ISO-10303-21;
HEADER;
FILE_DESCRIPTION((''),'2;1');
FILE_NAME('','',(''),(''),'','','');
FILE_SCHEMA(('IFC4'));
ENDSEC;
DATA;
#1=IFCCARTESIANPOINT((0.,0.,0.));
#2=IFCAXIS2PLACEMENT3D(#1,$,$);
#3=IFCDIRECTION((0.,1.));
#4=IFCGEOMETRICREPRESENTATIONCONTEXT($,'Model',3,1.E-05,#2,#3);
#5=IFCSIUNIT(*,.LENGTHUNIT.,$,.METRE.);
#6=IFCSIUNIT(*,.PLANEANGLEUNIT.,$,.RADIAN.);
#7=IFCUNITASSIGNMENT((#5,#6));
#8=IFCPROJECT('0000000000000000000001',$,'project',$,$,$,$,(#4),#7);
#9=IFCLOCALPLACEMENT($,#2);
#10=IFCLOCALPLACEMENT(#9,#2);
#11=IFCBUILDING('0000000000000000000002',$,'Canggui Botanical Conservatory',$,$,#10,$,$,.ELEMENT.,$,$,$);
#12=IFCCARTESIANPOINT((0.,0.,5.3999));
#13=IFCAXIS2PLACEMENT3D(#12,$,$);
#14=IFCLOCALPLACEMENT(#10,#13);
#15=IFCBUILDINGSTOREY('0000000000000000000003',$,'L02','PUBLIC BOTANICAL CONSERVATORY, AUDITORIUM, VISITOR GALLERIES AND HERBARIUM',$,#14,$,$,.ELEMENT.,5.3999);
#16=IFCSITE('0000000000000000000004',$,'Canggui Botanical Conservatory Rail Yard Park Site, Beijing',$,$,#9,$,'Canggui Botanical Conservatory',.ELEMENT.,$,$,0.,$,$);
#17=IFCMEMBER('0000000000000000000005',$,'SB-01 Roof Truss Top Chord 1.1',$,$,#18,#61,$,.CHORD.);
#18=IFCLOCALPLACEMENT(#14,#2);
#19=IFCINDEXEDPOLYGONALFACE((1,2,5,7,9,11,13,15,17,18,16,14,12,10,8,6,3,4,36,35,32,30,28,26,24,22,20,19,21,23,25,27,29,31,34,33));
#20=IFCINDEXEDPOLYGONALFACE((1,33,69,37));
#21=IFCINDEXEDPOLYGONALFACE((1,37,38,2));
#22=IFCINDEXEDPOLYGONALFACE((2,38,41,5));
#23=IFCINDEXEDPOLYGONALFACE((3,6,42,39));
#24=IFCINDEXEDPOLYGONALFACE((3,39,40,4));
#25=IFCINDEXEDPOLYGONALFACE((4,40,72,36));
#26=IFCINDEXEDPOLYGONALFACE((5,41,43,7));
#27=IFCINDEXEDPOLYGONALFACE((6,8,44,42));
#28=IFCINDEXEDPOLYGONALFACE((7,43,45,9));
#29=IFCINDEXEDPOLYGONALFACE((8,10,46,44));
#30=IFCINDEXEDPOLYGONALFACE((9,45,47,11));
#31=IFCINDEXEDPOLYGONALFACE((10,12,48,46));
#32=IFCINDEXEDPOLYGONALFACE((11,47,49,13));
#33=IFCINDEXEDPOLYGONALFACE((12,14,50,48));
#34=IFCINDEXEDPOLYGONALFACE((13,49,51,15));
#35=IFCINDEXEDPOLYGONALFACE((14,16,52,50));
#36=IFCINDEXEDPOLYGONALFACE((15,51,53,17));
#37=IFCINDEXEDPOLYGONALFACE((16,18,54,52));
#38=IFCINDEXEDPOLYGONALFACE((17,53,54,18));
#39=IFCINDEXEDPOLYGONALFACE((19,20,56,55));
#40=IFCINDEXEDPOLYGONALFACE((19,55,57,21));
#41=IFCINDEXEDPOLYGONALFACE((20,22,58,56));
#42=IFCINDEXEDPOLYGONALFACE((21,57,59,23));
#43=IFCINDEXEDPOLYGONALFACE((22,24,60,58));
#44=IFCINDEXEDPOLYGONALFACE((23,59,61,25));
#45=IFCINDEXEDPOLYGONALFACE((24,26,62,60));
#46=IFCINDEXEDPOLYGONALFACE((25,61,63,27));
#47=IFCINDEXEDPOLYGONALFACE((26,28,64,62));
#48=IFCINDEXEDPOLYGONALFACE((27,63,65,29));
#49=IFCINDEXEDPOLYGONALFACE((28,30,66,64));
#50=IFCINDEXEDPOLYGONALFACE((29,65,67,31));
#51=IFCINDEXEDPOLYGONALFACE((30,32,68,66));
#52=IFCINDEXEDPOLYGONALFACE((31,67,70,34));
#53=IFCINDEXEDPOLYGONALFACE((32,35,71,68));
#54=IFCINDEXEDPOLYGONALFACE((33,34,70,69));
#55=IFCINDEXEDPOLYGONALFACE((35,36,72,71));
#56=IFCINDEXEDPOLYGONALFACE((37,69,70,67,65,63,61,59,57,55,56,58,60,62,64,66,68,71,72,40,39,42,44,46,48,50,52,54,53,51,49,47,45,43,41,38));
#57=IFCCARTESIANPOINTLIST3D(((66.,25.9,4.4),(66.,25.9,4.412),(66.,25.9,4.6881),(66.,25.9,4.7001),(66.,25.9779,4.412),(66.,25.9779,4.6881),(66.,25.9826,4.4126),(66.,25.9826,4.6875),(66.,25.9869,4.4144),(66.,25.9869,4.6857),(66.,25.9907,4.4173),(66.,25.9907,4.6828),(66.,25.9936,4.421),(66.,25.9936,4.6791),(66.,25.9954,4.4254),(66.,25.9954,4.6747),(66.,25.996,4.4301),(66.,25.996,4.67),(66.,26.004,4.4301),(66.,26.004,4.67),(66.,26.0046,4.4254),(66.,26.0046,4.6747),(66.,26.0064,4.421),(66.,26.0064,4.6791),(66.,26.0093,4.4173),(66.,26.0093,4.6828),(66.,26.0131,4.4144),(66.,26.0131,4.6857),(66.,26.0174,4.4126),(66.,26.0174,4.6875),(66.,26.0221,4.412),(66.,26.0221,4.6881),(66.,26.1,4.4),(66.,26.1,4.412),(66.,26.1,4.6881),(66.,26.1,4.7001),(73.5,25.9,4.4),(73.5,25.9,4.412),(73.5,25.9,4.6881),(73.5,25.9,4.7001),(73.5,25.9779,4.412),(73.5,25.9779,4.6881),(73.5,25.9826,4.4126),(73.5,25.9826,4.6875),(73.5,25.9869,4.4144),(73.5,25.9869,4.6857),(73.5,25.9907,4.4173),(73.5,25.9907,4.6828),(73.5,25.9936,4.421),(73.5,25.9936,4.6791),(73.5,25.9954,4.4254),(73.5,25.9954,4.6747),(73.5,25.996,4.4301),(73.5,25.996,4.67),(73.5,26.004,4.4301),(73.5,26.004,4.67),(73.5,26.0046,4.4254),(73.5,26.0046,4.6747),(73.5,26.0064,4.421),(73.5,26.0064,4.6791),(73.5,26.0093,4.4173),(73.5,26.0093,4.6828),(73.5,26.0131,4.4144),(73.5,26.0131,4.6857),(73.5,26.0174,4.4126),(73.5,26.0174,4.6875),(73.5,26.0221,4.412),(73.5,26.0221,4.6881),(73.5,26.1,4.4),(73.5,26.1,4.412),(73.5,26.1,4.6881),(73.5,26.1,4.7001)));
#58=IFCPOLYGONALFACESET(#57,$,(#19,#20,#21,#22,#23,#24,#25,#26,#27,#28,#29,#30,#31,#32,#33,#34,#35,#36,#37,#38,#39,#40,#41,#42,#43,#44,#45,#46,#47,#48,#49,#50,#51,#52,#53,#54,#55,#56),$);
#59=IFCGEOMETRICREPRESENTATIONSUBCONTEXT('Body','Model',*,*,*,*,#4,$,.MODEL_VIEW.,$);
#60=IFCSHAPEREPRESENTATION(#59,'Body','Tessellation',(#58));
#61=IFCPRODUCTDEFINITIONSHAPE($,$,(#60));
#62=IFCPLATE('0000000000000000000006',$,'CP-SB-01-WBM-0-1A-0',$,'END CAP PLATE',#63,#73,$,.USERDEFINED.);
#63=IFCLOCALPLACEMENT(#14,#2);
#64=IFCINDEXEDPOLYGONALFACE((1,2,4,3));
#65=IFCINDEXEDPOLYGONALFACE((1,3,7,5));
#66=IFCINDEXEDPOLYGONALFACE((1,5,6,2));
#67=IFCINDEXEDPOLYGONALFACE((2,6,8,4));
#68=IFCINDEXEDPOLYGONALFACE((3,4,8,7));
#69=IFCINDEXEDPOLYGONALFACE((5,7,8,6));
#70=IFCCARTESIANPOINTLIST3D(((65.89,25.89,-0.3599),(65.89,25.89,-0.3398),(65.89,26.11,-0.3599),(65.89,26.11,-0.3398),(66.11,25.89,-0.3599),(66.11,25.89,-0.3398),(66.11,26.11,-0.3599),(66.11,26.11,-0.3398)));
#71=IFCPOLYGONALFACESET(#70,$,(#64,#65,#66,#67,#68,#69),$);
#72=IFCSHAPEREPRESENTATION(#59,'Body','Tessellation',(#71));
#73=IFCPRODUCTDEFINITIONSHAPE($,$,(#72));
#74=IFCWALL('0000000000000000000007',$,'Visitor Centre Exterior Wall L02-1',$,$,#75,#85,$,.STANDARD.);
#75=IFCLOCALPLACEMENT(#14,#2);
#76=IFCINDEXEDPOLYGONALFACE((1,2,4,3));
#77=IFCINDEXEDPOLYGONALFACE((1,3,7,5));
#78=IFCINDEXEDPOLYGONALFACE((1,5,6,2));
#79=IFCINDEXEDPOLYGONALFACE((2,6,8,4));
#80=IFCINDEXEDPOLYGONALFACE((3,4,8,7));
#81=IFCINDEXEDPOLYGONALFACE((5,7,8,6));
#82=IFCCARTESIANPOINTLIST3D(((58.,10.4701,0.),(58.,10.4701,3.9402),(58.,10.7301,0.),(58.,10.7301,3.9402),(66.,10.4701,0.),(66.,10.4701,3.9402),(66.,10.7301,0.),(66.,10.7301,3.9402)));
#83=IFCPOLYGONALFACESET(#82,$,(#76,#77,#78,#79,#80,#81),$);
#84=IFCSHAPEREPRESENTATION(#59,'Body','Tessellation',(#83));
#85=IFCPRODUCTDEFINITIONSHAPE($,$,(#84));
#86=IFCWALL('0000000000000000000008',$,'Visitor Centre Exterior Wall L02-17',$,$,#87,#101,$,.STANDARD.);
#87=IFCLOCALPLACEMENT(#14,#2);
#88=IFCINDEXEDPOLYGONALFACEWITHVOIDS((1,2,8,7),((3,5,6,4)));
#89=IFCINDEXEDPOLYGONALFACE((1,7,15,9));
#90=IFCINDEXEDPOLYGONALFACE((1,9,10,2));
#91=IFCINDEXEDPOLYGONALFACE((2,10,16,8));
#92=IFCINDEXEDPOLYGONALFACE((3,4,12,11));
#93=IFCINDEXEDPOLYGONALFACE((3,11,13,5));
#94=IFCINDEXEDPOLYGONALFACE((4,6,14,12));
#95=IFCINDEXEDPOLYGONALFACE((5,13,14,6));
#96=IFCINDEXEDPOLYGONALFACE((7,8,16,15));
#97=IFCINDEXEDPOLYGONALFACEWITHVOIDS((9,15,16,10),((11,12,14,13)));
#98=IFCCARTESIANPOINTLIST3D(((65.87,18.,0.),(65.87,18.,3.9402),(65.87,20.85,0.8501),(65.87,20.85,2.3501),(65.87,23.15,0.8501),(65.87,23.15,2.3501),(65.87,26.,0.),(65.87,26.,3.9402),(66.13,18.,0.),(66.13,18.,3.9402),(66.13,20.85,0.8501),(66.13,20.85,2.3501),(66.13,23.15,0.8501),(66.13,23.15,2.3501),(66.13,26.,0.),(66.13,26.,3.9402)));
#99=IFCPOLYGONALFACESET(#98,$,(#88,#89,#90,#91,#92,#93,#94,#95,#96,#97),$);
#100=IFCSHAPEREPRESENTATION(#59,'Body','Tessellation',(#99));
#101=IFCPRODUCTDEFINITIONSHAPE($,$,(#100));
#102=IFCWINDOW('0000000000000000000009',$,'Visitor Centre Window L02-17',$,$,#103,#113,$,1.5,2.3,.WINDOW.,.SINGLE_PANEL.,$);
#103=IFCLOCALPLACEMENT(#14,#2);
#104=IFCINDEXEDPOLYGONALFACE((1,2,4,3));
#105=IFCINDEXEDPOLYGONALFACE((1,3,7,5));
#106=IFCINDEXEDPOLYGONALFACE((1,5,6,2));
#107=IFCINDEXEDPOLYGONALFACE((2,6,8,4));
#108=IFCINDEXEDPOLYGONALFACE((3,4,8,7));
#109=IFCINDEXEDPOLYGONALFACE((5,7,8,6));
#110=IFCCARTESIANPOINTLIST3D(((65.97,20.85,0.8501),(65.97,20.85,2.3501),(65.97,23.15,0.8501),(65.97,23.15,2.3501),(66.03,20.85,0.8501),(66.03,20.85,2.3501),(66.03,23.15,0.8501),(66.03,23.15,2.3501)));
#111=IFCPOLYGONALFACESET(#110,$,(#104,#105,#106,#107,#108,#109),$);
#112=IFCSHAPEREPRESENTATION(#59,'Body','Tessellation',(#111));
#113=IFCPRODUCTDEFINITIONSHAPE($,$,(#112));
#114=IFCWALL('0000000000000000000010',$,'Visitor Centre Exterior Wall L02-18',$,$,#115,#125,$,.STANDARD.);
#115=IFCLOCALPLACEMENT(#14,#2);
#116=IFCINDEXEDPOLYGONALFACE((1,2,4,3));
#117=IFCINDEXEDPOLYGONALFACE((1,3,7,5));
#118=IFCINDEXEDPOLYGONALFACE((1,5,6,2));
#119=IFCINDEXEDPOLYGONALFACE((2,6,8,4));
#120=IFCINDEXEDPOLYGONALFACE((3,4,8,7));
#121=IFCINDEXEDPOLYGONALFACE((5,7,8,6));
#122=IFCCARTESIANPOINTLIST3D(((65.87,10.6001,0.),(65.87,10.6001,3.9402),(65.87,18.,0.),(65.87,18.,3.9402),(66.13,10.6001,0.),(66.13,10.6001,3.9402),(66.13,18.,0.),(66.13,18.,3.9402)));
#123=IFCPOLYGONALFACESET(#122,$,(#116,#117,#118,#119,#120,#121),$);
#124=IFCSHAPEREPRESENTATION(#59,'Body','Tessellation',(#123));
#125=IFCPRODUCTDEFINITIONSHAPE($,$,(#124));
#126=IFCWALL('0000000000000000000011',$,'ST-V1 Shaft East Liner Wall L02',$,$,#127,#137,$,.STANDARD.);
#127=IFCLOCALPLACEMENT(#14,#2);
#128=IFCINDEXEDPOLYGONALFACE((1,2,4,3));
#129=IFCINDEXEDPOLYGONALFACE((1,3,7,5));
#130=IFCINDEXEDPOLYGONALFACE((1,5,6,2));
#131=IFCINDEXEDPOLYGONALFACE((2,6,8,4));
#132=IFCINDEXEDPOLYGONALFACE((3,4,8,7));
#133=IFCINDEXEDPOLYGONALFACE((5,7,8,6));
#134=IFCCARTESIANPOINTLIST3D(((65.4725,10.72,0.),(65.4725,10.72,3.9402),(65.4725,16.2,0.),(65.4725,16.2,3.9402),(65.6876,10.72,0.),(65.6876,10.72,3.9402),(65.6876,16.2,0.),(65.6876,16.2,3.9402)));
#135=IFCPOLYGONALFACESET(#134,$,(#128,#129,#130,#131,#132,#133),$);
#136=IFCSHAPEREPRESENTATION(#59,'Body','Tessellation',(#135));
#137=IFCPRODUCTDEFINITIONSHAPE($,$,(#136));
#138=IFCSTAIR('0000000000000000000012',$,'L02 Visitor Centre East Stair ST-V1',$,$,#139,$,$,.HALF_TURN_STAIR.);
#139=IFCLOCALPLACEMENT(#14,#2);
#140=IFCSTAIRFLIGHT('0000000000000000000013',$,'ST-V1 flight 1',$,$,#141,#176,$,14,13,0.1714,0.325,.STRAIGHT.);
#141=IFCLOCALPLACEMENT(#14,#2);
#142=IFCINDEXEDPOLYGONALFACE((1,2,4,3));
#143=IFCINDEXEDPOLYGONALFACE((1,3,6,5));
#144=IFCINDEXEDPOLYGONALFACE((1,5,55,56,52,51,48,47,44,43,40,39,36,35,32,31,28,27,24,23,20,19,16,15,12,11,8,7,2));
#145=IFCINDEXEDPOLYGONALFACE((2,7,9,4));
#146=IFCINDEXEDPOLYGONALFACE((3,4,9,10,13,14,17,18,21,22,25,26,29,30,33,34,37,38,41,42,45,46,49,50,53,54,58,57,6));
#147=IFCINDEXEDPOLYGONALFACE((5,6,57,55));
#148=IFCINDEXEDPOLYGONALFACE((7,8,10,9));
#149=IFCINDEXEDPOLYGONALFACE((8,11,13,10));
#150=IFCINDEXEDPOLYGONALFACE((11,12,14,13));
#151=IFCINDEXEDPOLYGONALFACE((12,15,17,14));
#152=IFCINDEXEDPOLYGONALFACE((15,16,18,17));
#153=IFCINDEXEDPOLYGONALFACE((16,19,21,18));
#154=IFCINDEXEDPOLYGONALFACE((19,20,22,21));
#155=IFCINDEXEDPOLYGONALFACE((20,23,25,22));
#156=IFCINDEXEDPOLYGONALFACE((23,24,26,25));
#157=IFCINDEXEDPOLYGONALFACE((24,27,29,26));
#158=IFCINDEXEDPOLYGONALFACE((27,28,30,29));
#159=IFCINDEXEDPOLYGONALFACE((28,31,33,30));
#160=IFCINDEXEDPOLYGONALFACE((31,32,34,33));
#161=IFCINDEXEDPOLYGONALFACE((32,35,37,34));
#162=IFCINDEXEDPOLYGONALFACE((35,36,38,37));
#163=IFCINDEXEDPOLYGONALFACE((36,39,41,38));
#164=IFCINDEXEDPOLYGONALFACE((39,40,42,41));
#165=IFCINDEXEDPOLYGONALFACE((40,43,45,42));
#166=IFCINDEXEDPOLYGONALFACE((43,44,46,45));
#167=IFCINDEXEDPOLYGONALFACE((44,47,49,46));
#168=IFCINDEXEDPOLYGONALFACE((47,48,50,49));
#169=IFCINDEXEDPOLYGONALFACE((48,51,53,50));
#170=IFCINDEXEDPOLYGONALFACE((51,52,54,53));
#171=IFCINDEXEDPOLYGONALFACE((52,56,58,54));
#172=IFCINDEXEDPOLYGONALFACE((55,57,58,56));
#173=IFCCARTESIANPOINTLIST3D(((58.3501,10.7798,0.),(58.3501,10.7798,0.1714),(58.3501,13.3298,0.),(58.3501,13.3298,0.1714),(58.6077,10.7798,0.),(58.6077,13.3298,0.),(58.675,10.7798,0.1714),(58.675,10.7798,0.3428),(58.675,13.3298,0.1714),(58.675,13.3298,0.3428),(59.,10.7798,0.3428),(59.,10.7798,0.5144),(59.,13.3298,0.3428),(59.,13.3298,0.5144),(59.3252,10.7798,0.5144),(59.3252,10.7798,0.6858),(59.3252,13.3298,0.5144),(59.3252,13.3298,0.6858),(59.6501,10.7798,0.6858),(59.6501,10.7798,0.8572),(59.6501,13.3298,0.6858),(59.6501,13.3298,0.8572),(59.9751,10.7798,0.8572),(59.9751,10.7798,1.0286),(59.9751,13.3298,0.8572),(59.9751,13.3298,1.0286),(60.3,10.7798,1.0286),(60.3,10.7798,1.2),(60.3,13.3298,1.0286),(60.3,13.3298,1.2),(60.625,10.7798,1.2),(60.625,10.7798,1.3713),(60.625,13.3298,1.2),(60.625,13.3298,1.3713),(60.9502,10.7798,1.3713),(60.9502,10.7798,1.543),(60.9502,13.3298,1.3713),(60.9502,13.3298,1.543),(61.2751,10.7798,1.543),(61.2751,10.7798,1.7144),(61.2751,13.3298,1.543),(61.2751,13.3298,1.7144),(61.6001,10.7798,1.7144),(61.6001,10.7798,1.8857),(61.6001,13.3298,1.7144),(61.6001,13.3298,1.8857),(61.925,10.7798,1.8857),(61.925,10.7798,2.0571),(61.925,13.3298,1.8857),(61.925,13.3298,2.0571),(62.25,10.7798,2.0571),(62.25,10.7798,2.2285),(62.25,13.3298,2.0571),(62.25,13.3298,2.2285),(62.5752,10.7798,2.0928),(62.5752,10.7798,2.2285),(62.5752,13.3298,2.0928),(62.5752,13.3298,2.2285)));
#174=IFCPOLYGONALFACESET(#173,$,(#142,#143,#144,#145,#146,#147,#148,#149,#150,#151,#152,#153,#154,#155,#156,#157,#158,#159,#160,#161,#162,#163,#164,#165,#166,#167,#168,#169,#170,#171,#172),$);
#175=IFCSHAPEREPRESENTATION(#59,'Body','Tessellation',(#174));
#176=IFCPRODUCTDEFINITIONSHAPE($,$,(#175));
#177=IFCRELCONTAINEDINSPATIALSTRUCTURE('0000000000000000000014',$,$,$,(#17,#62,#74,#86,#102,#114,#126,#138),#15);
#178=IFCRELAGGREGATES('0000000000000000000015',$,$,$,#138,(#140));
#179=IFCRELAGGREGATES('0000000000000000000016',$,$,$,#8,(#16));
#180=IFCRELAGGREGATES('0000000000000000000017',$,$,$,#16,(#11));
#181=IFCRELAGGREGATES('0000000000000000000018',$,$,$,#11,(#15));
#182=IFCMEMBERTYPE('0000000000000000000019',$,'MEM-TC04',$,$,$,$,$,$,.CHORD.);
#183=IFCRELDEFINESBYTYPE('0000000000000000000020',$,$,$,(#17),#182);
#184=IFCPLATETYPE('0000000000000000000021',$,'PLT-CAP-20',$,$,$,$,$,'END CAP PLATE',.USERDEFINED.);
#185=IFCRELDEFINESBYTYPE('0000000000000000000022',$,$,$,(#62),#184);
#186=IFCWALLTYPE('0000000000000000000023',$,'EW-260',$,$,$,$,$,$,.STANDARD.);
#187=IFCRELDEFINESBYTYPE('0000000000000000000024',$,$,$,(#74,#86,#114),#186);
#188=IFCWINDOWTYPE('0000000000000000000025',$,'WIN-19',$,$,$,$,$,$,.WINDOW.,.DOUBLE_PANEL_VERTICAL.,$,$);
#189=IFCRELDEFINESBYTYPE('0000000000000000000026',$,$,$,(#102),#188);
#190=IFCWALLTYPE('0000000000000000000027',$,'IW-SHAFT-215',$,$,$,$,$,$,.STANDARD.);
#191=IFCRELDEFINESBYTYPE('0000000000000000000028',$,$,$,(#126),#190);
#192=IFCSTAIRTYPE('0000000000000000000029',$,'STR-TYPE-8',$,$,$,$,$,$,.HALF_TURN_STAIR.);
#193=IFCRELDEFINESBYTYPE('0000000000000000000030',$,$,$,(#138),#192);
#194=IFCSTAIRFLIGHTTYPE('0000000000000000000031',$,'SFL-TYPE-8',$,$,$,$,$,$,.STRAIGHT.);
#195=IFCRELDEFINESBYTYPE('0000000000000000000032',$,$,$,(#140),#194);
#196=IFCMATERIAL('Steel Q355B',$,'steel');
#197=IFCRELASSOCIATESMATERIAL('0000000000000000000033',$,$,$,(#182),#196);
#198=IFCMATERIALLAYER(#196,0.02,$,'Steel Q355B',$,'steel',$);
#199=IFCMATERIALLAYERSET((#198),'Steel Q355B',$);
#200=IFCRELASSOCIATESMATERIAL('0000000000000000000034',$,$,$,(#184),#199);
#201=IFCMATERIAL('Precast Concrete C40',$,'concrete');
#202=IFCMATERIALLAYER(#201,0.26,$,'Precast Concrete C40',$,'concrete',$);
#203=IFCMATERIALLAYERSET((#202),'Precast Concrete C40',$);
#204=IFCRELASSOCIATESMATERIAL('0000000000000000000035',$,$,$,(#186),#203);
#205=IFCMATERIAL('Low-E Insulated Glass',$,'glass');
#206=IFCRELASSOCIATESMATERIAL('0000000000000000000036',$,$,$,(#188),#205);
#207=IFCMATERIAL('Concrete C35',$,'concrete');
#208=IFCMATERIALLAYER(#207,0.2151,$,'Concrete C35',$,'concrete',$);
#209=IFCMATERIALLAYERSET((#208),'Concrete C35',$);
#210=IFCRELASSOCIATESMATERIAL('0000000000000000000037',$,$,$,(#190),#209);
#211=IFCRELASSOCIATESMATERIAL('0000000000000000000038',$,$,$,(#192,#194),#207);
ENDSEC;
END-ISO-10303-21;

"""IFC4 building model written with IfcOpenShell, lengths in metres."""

from ifc_helpers import new_model, si_unit, direction, frame, frame_2d, origin, origin_2d, place, context, subcontext, project, spatial, polyline, rectangle, i_section, outline, extrude, material, layer, layer_set, material_profile, profile_set, type_object, element, fill, aggregate, save


model = new_model("IFC4")

# Units and contexts
model_context = context("Model", 3, precision=1e-05, world=origin(), true_north=direction((0.0, 1.0)))
body_context = subcontext(model_context, "Body", "Model", "MODEL_VIEW")
ifc_project = project(units=[si_unit("LENGTHUNIT", "METRE"), si_unit("PLANEANGLEUNIT", "RADIAN")], contexts=[model_context])

# Site, building, storey
site_placement = place(None, origin())
site = spatial("IfcSite", under=ifc_project, at=site_placement, Name="Canggui Botanical Conservatory Rail Yard Park Site, Beijing", LongName="Canggui Botanical Conservatory", CompositionType="ELEMENT", RefElevation=0.0)
building_placement = place(site_placement, origin())
building = spatial("IfcBuilding", under=site, at=building_placement, Name="Canggui Botanical Conservatory", CompositionType="ELEMENT")
storey_placement = place(building_placement, frame((0.0, 0.0, 5.3999)))
storey = spatial("IfcBuildingStorey", under=building, at=storey_placement, Name="L02", Description="PUBLIC BOTANICAL CONSERVATORY, AUDITORIUM, VISITOR GALLERIES AND HERBARIUM", CompositionType="ELEMENT", Elevation=5.3999)

# Shared definitions
ifc_material_1 = material(Name="Concrete C35", Category="concrete")

# Shared definitions
ifc_material_2 = material(Name="Steel Q355B", Category="steel")

# Member
ifc_material_profile_1 = material_profile(ifc_material_2, i_section(OverallWidth=0.2, OverallDepth=0.3, WebThickness=0.0081, FlangeThickness=0.012, FilletRadius=0.0181, at=origin_2d()), Name="HM 300x200x8x12")
ifc_profile_set_1 = profile_set([ifc_material_profile_1], Name="Steel Q355B")
member_type_1 = type_object("IfcMemberType", Name="MEM-TC04", PredefinedType="CHORD", material=ifc_profile_set_1)
member_1_placement = place(storey_placement, frame((66.0, 26.0, 4.55), z_axis=(1.0, 0.0, 0.0), x_axis=(0.0, 1.0, 0.0)))
element("IfcMember", 1, at=member_1_placement, inside=storey, type_object=member_type_1, Name="SB-01 Roof Truss Top Chord 1.1", PredefinedType="CHORD", context=body_context, shape_type="SweptSolid", body=[
    extrude(i_section(OverallWidth=0.2, OverallDepth=0.3, WebThickness=0.0081, FlangeThickness=0.012, FilletRadius=0.0181, at=origin_2d()), origin(), (0.0, 0.0, 1.0), 7.5),
])

# Plate
ifc_layer_1 = layer(ifc_material_2, 0.02, Name="Steel Q355B", Category="steel")
ifc_layer_set_1 = layer_set([ifc_layer_1], Name="Steel Q355B")
plate_type = type_object("IfcPlateType", Name="PLT-CAP-20", ElementType="END CAP PLATE", PredefinedType="USERDEFINED", material=ifc_layer_set_1)
plate_placement = place(storey_placement, frame((66.0, 26.0, -0.3599), z_axis=(0.0, 0.0, 1.0), x_axis=(1.0, 0.0, 0.0)))
element("IfcPlate", 2, at=plate_placement, inside=storey, type_object=plate_type, Name="CP-SB-01-WBM-0-1A-0", ObjectType="END CAP PLATE", PredefinedType="USERDEFINED", context=body_context, shape_type="SweptSolid", body=[
    extrude(rectangle(XDim=0.22, YDim=0.22, at=origin_2d()), origin(), (0.0, 0.0, 1.0), 0.02),
])

# Wall
ifc_material_3 = material(Name="Precast Concrete C40", Category="concrete")
ifc_layer_2 = layer(ifc_material_3, 0.26, Name="Precast Concrete C40", Category="concrete")
ifc_layer_set_2 = layer_set([ifc_layer_2], Name="Precast Concrete C40")
wall_type_1 = type_object("IfcWallType", Name="EW-260", PredefinedType="STANDARD", material=ifc_layer_set_2)
wall_1_placement = place(storey_placement, frame((66.0, 10.6001, 0.0), z_axis=(0.0, 0.0, 1.0), x_axis=(-1.0, 0.0, 0.0)))
element("IfcWall", 3, at=wall_1_placement, inside=storey, type_object=wall_type_1, Name="Visitor Centre Exterior Wall L02-1", PredefinedType="STANDARD", context=body_context, shape_type="SweptSolid", body=[
    extrude(rectangle(XDim=8.0, YDim=0.26, at=frame_2d((4.0, 0.0))), origin(), (0.0, 0.0, 1.0), 3.9402),
])

# Wall, opening, window
wall_2_placement = place(storey_placement, frame((66.0, 26.0, 0.0), z_axis=(0.0, 0.0, 1.0), x_axis=(0.0, -1.0, 0.0)))
wall_2 = element("IfcWall", 4, at=wall_2_placement, inside=storey, type_object=wall_type_1, Name="Visitor Centre Exterior Wall L02-17", PredefinedType="STANDARD", context=body_context, shape_type="SweptSolid", body=[
    extrude(rectangle(XDim=8.0, YDim=0.26, at=frame_2d((4.0, 0.0))), origin(), (0.0, 0.0, 1.0), 3.9402),
])
opening_placement = place(wall_2_placement, frame((2.8501, 0.0, 0.8501)))
opening = element("IfcOpeningElement", 5, at=opening_placement, cuts=wall_2, PredefinedType="OPENING", context=body_context, shape_type="SweptSolid", body=[
    extrude(rectangle(XDim=2.3, YDim=1.5, at=frame_2d((1.1499, 0.75))), frame((0.0, 0.1401, 0.0), z_axis=(0.0, -1.0, 0.0), x_axis=(1.0, 0.0, 0.0)), (0.0, 0.0, 1.0), 0.28),
])
ifc_material_4 = material(Name="Low-E Insulated Glass", Category="glass")
window_type = type_object("IfcWindowType", Name="WIN-19", PartitioningType="DOUBLE_PANEL_VERTICAL", PredefinedType="WINDOW", material=ifc_material_4)
window_placement = place(opening_placement, origin())
window = element("IfcWindow", 6, at=window_placement, inside=storey, type_object=window_type, Name="Visitor Centre Window L02-17", OverallHeight=1.5, OverallWidth=2.3, PartitioningType="SINGLE_PANEL", PredefinedType="WINDOW", context=body_context, shape_type="SweptSolid", body=[
    extrude(rectangle(XDim=2.3, YDim=1.5, at=frame_2d((1.1499, 0.75))), frame((0.0, 0.03, 0.0), z_axis=(0.0, -1.0, 0.0), x_axis=(1.0, 0.0, 0.0)), (0.0, 0.0, 1.0), 0.0601),
])
fill(opening, window)

# Walls
wall_3_placement = place(storey_placement, frame((66.0, 18.0, 0.0), z_axis=(0.0, 0.0, 1.0), x_axis=(0.0, -1.0, 0.0)))
element("IfcWall", 7, at=wall_3_placement, inside=storey, type_object=wall_type_1, Name="Visitor Centre Exterior Wall L02-18", PredefinedType="STANDARD", context=body_context, shape_type="SweptSolid", body=[
    extrude(rectangle(XDim=7.3999, YDim=0.26, at=frame_2d((3.7, 0.0))), origin(), (0.0, 0.0, 1.0), 3.9402),
])
ifc_layer_3 = layer(ifc_material_1, 0.2151, Name="Concrete C35", Category="concrete")
ifc_layer_set_3 = layer_set([ifc_layer_3], Name="Concrete C35")
wall_type_2 = type_object("IfcWallType", Name="IW-SHAFT-215", PredefinedType="STANDARD", material=ifc_layer_set_3)
wall_4_placement = place(storey_placement, frame((65.5801, 10.72, 0.0), z_axis=(0.0, 0.0, 1.0), x_axis=(0.0, 1.0, 0.0)))
element("IfcWall", 8, at=wall_4_placement, inside=storey, type_object=wall_type_2, Name="ST-V1 Shaft East Liner Wall L02", PredefinedType="STANDARD", context=body_context, shape_type="SweptSolid", body=[
    extrude(rectangle(XDim=5.48, YDim=0.2151, at=frame_2d((2.74, 0.0))), origin(), (0.0, 0.0, 1.0), 3.9402),
])

# Stair, stair flight
stair_type = type_object("IfcStairType", Name="STR-TYPE-8", PredefinedType="HALF_TURN_STAIR", material=ifc_material_1)
stair_placement = place(storey_placement, origin())
stair = element("IfcStair", 9, at=stair_placement, inside=storey, type_object=stair_type, Name="L02 Visitor Centre East Stair ST-V1", PredefinedType="HALF_TURN_STAIR")
stair_flight_type = type_object("IfcStairFlightType", Name="SFL-TYPE-8", PredefinedType="STRAIGHT", material=ifc_material_1)
stair_flight_1_placement = place(storey_placement, frame((58.3501, 12.0549, 0.0), z_axis=(0.0, 0.0, 1.0), x_axis=(1.0, 0.0, 0.0)))
stair_flight_1 = element("IfcStairFlight", 10, at=stair_flight_1_placement, type_object=stair_flight_type, Name="ST-V1 flight 1", NumberOfRisers=14, NumberOfTreads=13, PredefinedType="STRAIGHT", RiserHeight=0.1714, TreadLength=0.325, context=body_context, shape_type="SweptSolid", body=[
    extrude(outline(polyline([(0.0, 0.0), (0.0, 0.1714), (0.325, 0.1714), (0.325, 0.3428), (0.6499, 0.3428), (0.6499, 0.5144), (0.9751, 0.5144), (0.9751, 0.6858), (1.3, 0.6858), (1.3, 0.8572), (1.625, 0.8572), (1.625, 1.0286), (1.95, 1.0286), (1.95, 1.2), (2.2749, 1.2), (2.2749, 1.3713), (2.6001, 1.3713), (2.6001, 1.543), (2.925, 1.543), (2.925, 1.7144), (3.25, 1.7144), (3.25, 1.8857), (3.575, 1.8857), (3.575, 2.0571), (3.8999, 2.0571), (3.8999, 2.2285), (4.2251, 2.2285), (4.2251, 2.3999), (4.2251, 2.0928), (0.2576, 0.0), (0.0, 0.0)])), frame((0.0, 1.2749, 0.0), z_axis=(0.0, -1.0, 0.0), x_axis=(1.0, 0.0, 0.0)), (0.0, 0.0, 1.0), 2.55),
])
aggregate(stair, [stair_flight_1])

save(model, "model.ifc")
